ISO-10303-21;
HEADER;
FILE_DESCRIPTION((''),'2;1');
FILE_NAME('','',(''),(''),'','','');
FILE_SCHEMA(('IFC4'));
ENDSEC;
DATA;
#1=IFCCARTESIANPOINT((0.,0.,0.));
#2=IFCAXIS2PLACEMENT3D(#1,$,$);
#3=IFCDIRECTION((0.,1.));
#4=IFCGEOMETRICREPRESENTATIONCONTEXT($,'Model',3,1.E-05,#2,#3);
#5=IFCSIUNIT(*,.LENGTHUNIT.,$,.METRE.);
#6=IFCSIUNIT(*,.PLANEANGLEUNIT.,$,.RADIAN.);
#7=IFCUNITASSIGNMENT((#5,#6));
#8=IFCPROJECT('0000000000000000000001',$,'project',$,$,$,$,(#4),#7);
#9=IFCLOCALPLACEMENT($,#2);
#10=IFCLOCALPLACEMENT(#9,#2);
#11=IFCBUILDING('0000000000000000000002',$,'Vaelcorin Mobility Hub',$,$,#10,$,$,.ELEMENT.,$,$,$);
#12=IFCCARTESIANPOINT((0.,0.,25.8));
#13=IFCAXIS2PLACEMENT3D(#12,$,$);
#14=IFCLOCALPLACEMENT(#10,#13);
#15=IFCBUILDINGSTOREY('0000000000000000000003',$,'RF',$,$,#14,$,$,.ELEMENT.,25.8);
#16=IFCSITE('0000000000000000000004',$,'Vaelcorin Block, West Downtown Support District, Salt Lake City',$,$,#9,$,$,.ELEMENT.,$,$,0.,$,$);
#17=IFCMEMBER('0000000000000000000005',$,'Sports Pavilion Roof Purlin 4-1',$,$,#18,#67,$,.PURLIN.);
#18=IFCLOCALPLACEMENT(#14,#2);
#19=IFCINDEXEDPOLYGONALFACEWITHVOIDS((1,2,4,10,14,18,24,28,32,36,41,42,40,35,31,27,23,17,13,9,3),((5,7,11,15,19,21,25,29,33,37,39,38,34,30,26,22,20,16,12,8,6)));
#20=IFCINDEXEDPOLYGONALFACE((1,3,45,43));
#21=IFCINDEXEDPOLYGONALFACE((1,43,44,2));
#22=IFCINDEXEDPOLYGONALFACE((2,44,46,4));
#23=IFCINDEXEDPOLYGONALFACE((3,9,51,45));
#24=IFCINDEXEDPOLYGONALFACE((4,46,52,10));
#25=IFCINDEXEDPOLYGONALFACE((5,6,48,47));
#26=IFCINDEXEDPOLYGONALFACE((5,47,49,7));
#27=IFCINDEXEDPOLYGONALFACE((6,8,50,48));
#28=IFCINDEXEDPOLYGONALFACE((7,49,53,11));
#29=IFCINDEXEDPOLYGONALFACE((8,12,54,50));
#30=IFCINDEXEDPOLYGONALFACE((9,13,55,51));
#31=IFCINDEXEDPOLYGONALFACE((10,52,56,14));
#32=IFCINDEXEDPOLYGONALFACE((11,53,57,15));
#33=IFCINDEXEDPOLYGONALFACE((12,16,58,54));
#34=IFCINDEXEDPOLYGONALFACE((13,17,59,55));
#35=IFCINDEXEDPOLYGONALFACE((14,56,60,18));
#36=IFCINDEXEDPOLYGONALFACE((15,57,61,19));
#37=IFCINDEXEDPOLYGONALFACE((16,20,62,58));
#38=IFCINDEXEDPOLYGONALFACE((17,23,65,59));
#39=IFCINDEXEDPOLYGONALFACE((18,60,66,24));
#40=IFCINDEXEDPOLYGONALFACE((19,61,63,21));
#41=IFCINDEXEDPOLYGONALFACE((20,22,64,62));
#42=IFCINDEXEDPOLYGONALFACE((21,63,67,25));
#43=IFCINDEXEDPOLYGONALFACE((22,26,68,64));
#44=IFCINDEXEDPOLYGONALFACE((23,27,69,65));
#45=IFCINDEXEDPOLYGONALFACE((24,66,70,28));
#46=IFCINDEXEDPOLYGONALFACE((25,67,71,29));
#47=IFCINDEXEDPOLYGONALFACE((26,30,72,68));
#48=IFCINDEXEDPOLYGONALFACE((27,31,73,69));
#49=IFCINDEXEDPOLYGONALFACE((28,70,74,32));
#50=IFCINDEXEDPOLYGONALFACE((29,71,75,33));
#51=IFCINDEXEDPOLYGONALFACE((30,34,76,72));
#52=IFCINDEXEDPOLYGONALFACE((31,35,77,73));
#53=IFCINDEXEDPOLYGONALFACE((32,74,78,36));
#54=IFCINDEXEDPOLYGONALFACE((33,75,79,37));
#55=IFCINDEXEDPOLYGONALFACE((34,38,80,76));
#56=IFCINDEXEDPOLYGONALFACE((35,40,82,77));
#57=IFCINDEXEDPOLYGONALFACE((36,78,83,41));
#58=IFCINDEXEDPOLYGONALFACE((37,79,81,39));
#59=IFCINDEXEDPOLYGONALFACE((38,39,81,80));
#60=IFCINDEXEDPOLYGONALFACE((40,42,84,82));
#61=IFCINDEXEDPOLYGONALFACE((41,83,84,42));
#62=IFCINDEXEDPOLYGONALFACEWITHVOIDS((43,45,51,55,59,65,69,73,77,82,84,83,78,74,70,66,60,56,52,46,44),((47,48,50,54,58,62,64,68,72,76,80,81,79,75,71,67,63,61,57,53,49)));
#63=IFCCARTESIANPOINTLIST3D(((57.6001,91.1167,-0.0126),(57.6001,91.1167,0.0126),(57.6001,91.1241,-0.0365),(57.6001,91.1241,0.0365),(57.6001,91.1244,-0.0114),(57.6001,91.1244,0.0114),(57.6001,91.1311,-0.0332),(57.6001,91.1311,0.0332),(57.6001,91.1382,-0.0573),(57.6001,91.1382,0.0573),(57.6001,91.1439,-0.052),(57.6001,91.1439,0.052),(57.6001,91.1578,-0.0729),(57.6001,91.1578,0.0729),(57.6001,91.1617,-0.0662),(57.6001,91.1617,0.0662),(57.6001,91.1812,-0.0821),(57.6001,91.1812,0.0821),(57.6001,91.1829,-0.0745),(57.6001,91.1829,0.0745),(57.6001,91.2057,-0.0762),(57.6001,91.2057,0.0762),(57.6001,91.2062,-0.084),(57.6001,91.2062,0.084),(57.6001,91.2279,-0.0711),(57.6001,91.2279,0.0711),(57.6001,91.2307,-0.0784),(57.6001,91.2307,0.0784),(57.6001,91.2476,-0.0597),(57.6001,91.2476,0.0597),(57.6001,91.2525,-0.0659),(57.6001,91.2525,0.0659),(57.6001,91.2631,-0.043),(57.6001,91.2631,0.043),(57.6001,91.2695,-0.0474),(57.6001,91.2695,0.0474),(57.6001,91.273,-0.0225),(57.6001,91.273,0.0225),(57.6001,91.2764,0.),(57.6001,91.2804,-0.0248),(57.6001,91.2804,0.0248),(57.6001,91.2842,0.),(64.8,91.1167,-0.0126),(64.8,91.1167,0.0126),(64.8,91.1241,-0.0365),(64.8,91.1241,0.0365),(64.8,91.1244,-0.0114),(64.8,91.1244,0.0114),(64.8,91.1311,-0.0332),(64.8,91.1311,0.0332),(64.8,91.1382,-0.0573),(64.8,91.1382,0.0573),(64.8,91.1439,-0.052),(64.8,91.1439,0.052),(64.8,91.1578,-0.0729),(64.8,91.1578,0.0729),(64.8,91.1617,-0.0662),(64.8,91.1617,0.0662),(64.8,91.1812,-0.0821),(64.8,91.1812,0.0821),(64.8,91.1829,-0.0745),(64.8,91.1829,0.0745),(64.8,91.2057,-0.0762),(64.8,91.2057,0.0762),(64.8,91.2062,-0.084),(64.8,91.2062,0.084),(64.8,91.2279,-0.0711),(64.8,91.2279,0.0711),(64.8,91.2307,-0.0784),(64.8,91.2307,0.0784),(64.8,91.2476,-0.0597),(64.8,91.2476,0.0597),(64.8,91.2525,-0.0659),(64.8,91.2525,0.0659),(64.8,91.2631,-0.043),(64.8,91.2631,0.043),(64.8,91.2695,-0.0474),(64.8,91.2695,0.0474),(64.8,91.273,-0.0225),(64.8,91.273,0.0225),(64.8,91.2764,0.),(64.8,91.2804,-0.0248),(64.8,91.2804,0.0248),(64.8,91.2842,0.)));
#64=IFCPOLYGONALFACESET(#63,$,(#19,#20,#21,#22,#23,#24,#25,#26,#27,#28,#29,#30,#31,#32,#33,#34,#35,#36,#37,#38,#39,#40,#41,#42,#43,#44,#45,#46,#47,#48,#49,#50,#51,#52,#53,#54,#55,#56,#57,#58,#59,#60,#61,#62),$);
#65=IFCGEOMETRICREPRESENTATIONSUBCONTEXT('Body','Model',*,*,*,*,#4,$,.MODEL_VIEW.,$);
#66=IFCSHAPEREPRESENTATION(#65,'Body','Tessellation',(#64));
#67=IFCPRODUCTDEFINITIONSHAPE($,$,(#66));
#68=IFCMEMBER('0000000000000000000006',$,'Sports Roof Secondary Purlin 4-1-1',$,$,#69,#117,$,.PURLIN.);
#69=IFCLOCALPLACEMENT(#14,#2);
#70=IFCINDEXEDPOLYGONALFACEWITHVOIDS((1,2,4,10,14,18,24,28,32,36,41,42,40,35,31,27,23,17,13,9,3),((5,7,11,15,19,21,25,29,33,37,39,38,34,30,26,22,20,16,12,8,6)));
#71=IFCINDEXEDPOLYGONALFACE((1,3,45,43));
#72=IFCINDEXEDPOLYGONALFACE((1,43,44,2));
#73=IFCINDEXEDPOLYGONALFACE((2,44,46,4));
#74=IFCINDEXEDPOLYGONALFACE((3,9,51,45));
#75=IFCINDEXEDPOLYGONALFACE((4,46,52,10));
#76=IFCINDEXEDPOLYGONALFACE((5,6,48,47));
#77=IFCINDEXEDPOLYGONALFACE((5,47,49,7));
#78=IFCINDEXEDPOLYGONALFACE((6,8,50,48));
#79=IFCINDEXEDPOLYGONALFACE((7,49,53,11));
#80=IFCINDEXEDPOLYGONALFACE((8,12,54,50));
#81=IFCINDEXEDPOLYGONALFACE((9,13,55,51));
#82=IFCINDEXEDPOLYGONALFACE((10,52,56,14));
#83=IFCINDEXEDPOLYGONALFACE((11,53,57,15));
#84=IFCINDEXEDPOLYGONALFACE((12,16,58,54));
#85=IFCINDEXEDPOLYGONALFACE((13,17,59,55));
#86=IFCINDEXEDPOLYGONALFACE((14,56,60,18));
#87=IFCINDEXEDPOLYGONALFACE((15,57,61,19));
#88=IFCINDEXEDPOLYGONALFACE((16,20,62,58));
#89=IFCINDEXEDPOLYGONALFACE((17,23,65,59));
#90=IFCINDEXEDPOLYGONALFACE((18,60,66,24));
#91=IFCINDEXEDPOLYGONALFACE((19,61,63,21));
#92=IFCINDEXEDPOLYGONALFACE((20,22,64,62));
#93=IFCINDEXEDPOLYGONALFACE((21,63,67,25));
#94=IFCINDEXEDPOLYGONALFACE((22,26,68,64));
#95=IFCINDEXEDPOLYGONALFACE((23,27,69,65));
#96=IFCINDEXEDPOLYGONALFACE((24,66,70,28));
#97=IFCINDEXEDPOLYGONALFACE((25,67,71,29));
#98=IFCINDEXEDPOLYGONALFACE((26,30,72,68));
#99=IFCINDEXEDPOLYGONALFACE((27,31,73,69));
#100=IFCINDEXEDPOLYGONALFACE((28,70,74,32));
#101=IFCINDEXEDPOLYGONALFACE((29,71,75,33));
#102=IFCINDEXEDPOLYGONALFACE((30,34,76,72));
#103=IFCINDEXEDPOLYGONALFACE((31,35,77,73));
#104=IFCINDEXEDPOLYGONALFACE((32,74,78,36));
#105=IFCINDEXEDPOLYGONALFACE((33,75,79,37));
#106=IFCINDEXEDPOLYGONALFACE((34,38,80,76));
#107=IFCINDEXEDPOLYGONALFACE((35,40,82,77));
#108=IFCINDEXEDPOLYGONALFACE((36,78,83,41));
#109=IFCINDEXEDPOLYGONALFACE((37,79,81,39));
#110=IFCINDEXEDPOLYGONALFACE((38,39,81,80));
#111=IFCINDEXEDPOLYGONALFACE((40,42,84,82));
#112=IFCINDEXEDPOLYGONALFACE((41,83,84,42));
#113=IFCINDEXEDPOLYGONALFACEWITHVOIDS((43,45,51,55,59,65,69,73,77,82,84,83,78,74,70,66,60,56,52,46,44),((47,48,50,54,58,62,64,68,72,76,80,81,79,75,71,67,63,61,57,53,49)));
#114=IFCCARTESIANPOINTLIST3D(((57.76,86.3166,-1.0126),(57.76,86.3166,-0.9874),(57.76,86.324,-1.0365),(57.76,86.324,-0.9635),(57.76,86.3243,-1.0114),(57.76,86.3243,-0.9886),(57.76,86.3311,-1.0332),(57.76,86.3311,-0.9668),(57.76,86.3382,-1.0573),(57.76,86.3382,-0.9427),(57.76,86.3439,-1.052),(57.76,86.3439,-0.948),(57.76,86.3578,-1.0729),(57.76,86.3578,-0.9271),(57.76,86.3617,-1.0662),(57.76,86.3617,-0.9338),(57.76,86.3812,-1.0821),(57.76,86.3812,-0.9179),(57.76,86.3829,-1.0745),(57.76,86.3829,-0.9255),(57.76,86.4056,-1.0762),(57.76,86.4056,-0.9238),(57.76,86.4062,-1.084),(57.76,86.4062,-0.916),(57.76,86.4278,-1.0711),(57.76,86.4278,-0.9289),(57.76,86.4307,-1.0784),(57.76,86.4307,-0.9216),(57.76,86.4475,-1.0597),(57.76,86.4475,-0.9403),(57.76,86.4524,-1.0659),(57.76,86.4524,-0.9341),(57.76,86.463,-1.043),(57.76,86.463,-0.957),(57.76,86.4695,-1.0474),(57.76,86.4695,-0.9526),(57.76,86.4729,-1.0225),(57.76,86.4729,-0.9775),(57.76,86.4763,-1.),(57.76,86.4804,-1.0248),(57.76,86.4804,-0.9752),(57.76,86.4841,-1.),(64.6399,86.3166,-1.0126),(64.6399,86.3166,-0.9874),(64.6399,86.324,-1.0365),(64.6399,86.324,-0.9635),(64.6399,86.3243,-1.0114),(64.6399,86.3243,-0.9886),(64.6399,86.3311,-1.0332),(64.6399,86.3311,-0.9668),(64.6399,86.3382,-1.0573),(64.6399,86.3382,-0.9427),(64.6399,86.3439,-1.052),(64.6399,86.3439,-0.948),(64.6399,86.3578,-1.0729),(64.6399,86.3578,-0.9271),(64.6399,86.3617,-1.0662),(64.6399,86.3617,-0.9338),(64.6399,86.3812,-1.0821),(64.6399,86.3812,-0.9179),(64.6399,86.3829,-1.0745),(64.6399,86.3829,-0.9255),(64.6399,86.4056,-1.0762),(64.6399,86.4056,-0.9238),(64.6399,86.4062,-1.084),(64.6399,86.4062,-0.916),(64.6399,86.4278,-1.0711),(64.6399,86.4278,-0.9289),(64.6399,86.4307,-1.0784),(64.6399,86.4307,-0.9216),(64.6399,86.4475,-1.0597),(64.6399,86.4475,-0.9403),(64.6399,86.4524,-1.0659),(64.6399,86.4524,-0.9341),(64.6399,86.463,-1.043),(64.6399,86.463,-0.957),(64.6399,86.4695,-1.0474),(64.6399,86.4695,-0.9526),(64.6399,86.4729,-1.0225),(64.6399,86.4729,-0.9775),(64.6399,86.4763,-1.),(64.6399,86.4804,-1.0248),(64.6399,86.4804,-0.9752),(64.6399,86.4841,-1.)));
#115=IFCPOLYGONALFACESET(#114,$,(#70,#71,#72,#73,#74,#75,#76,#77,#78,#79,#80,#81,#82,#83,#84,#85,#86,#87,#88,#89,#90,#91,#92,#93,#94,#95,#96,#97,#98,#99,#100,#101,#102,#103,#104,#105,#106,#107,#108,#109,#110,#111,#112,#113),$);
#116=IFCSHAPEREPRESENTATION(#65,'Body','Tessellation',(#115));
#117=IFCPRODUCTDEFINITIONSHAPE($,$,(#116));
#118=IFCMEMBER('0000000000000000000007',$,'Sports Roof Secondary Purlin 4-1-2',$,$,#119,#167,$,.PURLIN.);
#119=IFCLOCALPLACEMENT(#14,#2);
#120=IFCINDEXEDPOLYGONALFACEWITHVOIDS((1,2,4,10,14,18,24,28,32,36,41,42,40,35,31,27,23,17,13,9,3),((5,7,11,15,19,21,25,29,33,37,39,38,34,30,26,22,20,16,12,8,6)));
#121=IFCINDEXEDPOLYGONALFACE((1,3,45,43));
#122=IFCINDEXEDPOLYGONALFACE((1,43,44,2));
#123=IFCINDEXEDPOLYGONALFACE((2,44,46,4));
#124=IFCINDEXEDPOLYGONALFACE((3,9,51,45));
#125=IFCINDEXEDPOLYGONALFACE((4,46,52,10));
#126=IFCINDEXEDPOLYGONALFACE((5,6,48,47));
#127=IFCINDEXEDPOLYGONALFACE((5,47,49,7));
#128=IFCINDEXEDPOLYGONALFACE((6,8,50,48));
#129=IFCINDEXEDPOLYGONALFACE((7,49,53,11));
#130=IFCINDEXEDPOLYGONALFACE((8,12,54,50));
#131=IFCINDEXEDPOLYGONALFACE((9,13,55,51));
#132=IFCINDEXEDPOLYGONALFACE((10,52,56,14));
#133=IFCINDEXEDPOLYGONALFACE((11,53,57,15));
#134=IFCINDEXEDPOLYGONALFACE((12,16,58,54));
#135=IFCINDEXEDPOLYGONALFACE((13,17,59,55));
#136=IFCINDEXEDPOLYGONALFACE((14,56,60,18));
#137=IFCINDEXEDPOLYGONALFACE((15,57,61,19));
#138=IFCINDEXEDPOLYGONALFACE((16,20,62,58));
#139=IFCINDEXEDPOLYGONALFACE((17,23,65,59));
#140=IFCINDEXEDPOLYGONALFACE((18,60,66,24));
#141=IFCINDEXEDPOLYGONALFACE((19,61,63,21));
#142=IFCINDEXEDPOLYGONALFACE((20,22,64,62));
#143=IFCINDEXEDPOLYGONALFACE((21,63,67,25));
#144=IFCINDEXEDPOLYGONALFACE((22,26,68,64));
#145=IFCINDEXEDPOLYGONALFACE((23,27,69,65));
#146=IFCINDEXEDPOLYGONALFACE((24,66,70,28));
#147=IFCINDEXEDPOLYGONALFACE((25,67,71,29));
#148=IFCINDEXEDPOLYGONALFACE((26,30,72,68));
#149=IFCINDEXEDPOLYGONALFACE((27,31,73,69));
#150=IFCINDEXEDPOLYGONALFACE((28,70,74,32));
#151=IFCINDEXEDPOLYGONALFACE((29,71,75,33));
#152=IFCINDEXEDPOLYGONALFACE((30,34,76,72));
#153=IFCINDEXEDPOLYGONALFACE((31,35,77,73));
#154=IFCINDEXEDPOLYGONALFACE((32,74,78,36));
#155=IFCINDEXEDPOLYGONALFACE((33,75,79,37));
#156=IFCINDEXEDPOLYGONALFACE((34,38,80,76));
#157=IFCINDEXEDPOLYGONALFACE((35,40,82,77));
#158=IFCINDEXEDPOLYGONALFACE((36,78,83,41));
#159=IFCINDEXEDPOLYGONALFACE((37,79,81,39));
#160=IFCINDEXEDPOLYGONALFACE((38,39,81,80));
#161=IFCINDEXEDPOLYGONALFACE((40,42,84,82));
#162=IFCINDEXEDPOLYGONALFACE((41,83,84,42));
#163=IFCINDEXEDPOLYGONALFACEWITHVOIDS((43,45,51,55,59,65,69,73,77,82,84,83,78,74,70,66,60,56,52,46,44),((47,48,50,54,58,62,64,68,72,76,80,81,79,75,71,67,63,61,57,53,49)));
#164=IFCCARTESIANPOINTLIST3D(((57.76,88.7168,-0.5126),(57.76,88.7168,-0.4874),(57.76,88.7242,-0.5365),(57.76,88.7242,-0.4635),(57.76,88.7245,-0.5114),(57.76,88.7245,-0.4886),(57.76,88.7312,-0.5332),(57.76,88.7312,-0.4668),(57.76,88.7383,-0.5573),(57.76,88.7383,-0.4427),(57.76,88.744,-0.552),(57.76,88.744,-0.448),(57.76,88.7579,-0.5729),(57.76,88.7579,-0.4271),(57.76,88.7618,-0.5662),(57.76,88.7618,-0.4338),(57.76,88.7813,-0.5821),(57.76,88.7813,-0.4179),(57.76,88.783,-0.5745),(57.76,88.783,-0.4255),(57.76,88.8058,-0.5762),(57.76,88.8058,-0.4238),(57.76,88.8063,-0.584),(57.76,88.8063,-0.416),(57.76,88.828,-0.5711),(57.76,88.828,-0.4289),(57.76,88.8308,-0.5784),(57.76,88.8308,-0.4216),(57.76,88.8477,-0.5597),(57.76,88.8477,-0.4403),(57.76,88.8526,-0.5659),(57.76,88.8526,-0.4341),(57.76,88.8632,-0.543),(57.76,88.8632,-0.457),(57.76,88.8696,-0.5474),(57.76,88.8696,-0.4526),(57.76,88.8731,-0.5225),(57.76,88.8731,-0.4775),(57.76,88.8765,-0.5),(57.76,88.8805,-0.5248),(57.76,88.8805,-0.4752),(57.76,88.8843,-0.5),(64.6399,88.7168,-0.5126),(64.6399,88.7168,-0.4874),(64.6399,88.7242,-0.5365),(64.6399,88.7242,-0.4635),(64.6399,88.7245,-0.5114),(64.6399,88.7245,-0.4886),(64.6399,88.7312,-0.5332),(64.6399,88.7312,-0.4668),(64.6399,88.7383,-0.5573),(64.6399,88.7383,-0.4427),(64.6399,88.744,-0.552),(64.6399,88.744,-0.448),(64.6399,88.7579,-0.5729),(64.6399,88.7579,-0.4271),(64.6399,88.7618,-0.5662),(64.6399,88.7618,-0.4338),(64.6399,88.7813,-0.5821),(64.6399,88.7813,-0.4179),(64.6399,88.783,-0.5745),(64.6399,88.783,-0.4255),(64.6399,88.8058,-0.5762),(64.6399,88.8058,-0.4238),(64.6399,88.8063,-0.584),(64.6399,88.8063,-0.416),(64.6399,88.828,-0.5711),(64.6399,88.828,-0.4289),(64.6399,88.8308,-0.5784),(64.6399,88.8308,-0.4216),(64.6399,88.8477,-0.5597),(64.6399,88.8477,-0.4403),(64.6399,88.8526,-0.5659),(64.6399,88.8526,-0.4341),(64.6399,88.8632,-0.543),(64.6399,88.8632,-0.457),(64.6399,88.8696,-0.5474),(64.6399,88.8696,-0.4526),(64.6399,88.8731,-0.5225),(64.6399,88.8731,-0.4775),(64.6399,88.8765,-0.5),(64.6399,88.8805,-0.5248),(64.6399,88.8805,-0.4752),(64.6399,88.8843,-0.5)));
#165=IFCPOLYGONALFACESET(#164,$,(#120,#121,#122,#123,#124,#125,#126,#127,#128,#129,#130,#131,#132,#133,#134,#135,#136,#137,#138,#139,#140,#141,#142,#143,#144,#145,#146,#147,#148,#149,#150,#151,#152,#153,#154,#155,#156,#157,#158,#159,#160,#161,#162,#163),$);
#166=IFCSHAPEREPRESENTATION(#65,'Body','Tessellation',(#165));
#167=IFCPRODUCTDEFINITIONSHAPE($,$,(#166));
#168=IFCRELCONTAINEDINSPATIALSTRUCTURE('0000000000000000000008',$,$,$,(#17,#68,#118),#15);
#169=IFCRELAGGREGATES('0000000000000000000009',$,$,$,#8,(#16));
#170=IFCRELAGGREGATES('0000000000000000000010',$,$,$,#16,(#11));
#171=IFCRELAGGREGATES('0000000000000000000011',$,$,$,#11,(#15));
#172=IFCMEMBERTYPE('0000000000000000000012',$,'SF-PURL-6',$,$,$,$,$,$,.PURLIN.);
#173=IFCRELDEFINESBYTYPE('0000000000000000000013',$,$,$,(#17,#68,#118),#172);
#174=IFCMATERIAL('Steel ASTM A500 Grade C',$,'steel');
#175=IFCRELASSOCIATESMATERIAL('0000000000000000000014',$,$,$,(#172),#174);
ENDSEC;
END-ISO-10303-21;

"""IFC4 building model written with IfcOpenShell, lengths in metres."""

from ifc_helpers import new_model, si_unit, direction, frame, origin, origin_2d, place, context, subcontext, project, spatial, hollow_circle, extrude, material, material_profile, profile_set, type_object, element, save


model = new_model("IFC4")

# Units and contexts
model_context = context("Model", 3, precision=1e-05, world=origin(), true_north=direction((0.0, 1.0)))
body_context = subcontext(model_context, "Body", "Model", "MODEL_VIEW")
ifc_project = project(units=[si_unit("LENGTHUNIT", "METRE"), si_unit("PLANEANGLEUNIT", "RADIAN")], contexts=[model_context])

# Site, building, storey
site_placement = place(None, origin())
site = spatial("IfcSite", under=ifc_project, at=site_placement, Name="Vaelcorin Block, West Downtown Support District, Salt Lake City", CompositionType="ELEMENT", RefElevation=0.0)
building_placement = place(site_placement, origin())
building = spatial("IfcBuilding", under=site, at=building_placement, Name="Vaelcorin Mobility Hub", CompositionType="ELEMENT")
storey_placement = place(building_placement, frame((0.0, 0.0, 25.8)))
storey = spatial("IfcBuildingStorey", under=building, at=storey_placement, Name="RF", CompositionType="ELEMENT", Elevation=25.8)

# Members
ifc_material_1 = material(Name="Steel ASTM A500 Grade C", Category="steel")
ifc_material_profile_1 = material_profile(ifc_material_1, hollow_circle(Radius=0.0842, WallThickness=0.0078, at=origin_2d()), Name="HSS6.625X0.312")
ifc_profile_set_1 = profile_set([ifc_material_profile_1], Name="Steel ASTM A500 Grade C")
member_type_1 = type_object("IfcMemberType", Name="SF-PURL-6", PredefinedType="PURLIN", material=ifc_profile_set_1)
member_1_placement = place(storey_placement, frame((57.6001, 91.2, 0.0), z_axis=(1.0, 0.0, 0.0), x_axis=(0.0, 1.0, 0.0)))
element("IfcMember", 1, at=member_1_placement, inside=storey, type_object=member_type_1, Name="Sports Pavilion Roof Purlin 4-1", PredefinedType="PURLIN", context=body_context, shape_type="SweptSolid", body=[
    extrude(hollow_circle(Radius=0.0842, WallThickness=0.0078, at=origin_2d()), origin(), (0.0, 0.0, 1.0), 7.2),
])
for number, where, z_axis, x_axis, name in (
    (2, (57.76, 86.3999, -1.0), (1.0, 0.0, 0.0), (0.0, 1.0, 0.0), "Sports Roof Secondary Purlin 4-1-1"),
    (3, (57.76, 88.8, -0.5), (1.0, 0.0, 0.0), (0.0, 1.0, 0.0), "Sports Roof Secondary Purlin 4-1-2"),
):
    element("IfcMember", number, at=place(storey_placement, frame(where, z_axis=z_axis, x_axis=x_axis)), inside=storey, type_object=member_type_1, Name=name, PredefinedType="PURLIN", context=body_context, shape_type="SweptSolid", body=[
        extrude(hollow_circle(Radius=0.0842, WallThickness=0.0078, at=origin_2d()), origin(), (0.0, 0.0, 1.0), 6.8799),
    ])

save(model, "model.ifc")
